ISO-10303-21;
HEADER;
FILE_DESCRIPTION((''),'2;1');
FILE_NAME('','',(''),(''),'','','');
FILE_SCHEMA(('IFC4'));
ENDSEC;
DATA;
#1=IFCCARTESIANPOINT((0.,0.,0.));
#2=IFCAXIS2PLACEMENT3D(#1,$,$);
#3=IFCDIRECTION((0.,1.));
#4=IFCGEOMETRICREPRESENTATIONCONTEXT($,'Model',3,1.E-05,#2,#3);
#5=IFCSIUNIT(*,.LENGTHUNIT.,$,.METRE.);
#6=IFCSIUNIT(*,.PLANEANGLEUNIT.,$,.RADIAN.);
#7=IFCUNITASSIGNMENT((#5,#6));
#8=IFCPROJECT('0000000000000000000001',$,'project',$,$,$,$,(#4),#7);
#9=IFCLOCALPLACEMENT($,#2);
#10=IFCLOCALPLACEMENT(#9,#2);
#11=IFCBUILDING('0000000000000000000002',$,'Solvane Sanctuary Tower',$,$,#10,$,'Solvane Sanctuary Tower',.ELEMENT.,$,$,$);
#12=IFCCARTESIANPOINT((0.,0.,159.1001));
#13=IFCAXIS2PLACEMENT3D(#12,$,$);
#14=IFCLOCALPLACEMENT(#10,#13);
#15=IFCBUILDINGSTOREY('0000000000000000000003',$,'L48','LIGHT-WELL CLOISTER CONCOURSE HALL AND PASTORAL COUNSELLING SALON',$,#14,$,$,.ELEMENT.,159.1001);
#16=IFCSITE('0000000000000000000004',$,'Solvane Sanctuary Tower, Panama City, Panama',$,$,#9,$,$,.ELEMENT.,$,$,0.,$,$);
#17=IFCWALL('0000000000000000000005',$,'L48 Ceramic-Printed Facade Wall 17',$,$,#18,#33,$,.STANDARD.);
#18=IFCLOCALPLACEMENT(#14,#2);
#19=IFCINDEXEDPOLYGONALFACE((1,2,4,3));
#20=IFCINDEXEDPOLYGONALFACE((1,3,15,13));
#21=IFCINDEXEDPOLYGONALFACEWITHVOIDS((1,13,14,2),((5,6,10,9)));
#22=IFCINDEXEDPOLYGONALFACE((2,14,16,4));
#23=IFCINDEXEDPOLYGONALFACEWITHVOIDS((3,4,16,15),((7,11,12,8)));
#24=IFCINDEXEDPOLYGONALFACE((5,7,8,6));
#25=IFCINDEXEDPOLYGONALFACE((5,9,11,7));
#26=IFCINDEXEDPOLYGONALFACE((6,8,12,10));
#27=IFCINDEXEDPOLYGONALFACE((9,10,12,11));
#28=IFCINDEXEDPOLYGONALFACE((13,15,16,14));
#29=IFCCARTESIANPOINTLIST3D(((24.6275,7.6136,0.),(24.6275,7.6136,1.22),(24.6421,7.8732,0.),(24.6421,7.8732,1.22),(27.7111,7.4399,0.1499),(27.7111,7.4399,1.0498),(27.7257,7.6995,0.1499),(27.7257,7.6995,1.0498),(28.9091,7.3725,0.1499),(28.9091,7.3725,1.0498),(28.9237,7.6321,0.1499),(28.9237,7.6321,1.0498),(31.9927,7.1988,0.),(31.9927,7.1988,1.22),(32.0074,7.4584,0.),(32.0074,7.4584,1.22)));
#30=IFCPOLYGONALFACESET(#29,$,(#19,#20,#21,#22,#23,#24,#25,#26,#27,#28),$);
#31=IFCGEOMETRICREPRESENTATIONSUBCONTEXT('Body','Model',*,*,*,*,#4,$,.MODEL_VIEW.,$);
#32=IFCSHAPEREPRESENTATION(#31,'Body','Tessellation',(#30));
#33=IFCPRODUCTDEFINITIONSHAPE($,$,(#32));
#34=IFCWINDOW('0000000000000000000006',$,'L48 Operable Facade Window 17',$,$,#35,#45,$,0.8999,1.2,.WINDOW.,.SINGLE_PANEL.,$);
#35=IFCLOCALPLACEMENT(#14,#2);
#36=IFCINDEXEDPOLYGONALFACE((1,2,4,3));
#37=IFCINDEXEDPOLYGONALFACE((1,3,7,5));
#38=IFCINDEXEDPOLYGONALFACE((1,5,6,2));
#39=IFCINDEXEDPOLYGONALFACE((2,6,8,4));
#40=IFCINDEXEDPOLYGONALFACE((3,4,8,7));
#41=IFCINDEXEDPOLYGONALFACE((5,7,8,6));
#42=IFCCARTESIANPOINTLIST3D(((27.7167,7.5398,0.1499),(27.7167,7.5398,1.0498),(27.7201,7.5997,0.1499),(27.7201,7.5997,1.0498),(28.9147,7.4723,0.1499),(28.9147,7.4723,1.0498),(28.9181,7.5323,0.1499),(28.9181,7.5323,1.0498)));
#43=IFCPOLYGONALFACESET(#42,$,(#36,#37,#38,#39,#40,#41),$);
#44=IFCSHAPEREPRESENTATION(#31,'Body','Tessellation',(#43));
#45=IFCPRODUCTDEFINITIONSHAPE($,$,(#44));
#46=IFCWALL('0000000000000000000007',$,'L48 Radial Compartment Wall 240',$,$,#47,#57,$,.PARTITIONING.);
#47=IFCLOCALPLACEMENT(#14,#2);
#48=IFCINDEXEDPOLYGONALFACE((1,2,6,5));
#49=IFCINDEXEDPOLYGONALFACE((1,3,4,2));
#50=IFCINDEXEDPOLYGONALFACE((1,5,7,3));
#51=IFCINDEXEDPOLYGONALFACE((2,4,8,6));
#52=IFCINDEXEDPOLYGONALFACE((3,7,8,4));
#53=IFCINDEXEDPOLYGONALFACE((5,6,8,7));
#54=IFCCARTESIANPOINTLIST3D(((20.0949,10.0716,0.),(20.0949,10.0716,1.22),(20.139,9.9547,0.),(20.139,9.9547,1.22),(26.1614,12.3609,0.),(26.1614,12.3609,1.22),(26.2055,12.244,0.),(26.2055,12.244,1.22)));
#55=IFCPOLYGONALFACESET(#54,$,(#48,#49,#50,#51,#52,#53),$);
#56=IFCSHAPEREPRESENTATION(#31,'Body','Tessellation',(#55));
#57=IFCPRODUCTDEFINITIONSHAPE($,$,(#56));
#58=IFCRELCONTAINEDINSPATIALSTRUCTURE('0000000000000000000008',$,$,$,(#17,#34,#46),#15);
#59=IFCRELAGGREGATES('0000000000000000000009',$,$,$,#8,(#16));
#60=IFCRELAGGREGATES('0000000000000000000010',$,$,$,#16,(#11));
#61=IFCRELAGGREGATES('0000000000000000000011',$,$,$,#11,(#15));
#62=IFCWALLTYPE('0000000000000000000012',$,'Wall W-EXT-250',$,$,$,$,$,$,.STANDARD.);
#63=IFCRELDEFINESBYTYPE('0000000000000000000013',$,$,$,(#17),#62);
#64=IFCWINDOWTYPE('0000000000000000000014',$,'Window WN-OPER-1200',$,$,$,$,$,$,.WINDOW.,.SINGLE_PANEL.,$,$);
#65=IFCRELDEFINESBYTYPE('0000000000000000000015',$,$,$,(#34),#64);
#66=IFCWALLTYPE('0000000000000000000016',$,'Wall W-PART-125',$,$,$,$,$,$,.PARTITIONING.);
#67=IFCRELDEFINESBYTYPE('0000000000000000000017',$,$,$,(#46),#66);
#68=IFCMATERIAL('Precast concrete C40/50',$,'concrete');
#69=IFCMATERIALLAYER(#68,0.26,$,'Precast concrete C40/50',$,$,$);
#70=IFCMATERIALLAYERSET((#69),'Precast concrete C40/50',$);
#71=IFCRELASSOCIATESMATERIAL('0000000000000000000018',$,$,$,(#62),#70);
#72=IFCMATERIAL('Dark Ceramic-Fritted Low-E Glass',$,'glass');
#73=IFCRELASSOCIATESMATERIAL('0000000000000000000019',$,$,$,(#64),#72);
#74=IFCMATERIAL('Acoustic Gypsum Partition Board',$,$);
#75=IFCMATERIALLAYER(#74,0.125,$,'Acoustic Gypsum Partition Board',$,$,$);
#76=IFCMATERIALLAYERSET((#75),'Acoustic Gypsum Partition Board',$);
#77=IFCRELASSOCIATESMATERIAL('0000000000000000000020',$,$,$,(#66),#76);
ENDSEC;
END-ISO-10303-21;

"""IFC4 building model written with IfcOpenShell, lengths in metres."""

from ifc_helpers import new_model, si_unit, direction, frame, frame_2d, origin, place, context, subcontext, project, spatial, rectangle, extrude, material, layer, layer_set, type_object, element, fill, save


model = new_model("IFC4")

# Units and contexts
model_context = context("Model", 3, precision=1e-05, world=origin(), true_north=direction((0.0, 1.0)))
body_context = subcontext(model_context, "Body", "Model", "MODEL_VIEW")
ifc_project = project(units=[si_unit("LENGTHUNIT", "METRE"), si_unit("PLANEANGLEUNIT", "RADIAN")], contexts=[model_context])

# Site, building, storey
site_placement = place(None, origin())
site = spatial("IfcSite", under=ifc_project, at=site_placement, Name="Solvane Sanctuary Tower, Panama City, Panama", CompositionType="ELEMENT", RefElevation=0.0)
building_placement = place(site_placement, origin())
building = spatial("IfcBuilding", under=site, at=building_placement, Name="Solvane Sanctuary Tower", LongName="Solvane Sanctuary Tower", CompositionType="ELEMENT")
storey_placement = place(building_placement, frame((0.0, 0.0, 159.1001)))
storey = spatial("IfcBuildingStorey", under=building, at=storey_placement, Name="L48", Description="LIGHT-WELL CLOISTER CONCOURSE HALL AND PASTORAL COUNSELLING SALON", CompositionType="ELEMENT", Elevation=159.1001)

# Shared definitions
ifc_material_1 = material(Name="Dark Ceramic-Fritted Low-E Glass", Category="glass")

# Shared definitions
ifc_material_2 = material(Name="Acoustic Gypsum Partition Board")

# Wall, opening, window
ifc_material_3 = material(Name="Precast concrete C40/50", Category="concrete")
ifc_layer_1 = layer(ifc_material_3, 0.26, Name="Precast concrete C40/50")
ifc_layer_set_1 = layer_set([ifc_layer_1], Name="Precast concrete C40/50")
wall_type_1 = type_object("IfcWallType", Name="Wall W-EXT-250", PredefinedType="STANDARD", material=ifc_layer_set_1)
wall_1_placement = place(storey_placement, frame((24.6348, 7.7434, 0.0), z_axis=(0.0, 0.0, 1.0), x_axis=(0.998418, -0.056229, 0.0)))
wall_1 = element("IfcWall", 1, at=wall_1_placement, inside=storey, type_object=wall_type_1, Name="L48 Ceramic-Printed Facade Wall 17", PredefinedType="STANDARD", context=body_context, shape_type="SweptSolid", body=[
    extrude(rectangle(XDim=7.377, YDim=0.26, at=frame_2d((3.6885, 0.0))), origin(), (0.0, 0.0, 1.0), 1.22),
])
opening_1_placement = place(wall_1_placement, frame((3.0884, 0.0, 0.1499)))
opening_1 = element("IfcOpeningElement", 2, at=opening_1_placement, cuts=wall_1, PredefinedType="OPENING", context=body_context, shape_type="SweptSolid", body=[
    extrude(rectangle(XDim=1.2, YDim=0.8999, at=frame_2d((0.6001, 0.45))), frame((0.0, 0.1399, 0.0), z_axis=(0.0, -1.0, 0.0), x_axis=(1.0, 0.0, 0.0)), (0.0, 0.0, 1.0), 0.28),
])
window_type = type_object("IfcWindowType", Name="Window WN-OPER-1200", PartitioningType="SINGLE_PANEL", PredefinedType="WINDOW", material=ifc_material_1)
window_placement = place(opening_1_placement, origin())
window = element("IfcWindow", 3, at=window_placement, inside=storey, type_object=window_type, Name="L48 Operable Facade Window 17", OverallHeight=0.8999, OverallWidth=1.2, PartitioningType="SINGLE_PANEL", PredefinedType="WINDOW", context=body_context, shape_type="SweptSolid", body=[
    extrude(rectangle(XDim=1.2, YDim=0.8999, at=frame_2d((0.6001, 0.45))), frame((0.0, 0.03, 0.0), z_axis=(0.0, -1.0, 0.0), x_axis=(1.0, 0.0, 0.0)), (0.0, 0.0, 1.0), 0.0601),
])
fill(opening_1, window)

# Wall
ifc_layer_2 = layer(ifc_material_2, 0.125, Name="Acoustic Gypsum Partition Board")
ifc_layer_set_2 = layer_set([ifc_layer_2], Name="Acoustic Gypsum Partition Board")
wall_type_2 = type_object("IfcWallType", Name="Wall W-PART-125", PredefinedType="PARTITIONING", material=ifc_layer_set_2)
wall_2_placement = place(storey_placement, frame((26.1836, 12.3025, 0.0), z_axis=(0.0, 0.0, 1.0), x_axis=(-0.935601, -0.353058, 0.0)))
element("IfcWall", 4, at=wall_2_placement, inside=storey, type_object=wall_type_2, Name="L48 Radial Compartment Wall 240", PredefinedType="PARTITIONING", context=body_context, shape_type="SweptSolid", body=[
    extrude(rectangle(XDim=6.4841, YDim=0.125, at=frame_2d((3.2422, 0.0))), origin(), (0.0, 0.0, 1.0), 1.22),
])

save(model, "model.ifc")
